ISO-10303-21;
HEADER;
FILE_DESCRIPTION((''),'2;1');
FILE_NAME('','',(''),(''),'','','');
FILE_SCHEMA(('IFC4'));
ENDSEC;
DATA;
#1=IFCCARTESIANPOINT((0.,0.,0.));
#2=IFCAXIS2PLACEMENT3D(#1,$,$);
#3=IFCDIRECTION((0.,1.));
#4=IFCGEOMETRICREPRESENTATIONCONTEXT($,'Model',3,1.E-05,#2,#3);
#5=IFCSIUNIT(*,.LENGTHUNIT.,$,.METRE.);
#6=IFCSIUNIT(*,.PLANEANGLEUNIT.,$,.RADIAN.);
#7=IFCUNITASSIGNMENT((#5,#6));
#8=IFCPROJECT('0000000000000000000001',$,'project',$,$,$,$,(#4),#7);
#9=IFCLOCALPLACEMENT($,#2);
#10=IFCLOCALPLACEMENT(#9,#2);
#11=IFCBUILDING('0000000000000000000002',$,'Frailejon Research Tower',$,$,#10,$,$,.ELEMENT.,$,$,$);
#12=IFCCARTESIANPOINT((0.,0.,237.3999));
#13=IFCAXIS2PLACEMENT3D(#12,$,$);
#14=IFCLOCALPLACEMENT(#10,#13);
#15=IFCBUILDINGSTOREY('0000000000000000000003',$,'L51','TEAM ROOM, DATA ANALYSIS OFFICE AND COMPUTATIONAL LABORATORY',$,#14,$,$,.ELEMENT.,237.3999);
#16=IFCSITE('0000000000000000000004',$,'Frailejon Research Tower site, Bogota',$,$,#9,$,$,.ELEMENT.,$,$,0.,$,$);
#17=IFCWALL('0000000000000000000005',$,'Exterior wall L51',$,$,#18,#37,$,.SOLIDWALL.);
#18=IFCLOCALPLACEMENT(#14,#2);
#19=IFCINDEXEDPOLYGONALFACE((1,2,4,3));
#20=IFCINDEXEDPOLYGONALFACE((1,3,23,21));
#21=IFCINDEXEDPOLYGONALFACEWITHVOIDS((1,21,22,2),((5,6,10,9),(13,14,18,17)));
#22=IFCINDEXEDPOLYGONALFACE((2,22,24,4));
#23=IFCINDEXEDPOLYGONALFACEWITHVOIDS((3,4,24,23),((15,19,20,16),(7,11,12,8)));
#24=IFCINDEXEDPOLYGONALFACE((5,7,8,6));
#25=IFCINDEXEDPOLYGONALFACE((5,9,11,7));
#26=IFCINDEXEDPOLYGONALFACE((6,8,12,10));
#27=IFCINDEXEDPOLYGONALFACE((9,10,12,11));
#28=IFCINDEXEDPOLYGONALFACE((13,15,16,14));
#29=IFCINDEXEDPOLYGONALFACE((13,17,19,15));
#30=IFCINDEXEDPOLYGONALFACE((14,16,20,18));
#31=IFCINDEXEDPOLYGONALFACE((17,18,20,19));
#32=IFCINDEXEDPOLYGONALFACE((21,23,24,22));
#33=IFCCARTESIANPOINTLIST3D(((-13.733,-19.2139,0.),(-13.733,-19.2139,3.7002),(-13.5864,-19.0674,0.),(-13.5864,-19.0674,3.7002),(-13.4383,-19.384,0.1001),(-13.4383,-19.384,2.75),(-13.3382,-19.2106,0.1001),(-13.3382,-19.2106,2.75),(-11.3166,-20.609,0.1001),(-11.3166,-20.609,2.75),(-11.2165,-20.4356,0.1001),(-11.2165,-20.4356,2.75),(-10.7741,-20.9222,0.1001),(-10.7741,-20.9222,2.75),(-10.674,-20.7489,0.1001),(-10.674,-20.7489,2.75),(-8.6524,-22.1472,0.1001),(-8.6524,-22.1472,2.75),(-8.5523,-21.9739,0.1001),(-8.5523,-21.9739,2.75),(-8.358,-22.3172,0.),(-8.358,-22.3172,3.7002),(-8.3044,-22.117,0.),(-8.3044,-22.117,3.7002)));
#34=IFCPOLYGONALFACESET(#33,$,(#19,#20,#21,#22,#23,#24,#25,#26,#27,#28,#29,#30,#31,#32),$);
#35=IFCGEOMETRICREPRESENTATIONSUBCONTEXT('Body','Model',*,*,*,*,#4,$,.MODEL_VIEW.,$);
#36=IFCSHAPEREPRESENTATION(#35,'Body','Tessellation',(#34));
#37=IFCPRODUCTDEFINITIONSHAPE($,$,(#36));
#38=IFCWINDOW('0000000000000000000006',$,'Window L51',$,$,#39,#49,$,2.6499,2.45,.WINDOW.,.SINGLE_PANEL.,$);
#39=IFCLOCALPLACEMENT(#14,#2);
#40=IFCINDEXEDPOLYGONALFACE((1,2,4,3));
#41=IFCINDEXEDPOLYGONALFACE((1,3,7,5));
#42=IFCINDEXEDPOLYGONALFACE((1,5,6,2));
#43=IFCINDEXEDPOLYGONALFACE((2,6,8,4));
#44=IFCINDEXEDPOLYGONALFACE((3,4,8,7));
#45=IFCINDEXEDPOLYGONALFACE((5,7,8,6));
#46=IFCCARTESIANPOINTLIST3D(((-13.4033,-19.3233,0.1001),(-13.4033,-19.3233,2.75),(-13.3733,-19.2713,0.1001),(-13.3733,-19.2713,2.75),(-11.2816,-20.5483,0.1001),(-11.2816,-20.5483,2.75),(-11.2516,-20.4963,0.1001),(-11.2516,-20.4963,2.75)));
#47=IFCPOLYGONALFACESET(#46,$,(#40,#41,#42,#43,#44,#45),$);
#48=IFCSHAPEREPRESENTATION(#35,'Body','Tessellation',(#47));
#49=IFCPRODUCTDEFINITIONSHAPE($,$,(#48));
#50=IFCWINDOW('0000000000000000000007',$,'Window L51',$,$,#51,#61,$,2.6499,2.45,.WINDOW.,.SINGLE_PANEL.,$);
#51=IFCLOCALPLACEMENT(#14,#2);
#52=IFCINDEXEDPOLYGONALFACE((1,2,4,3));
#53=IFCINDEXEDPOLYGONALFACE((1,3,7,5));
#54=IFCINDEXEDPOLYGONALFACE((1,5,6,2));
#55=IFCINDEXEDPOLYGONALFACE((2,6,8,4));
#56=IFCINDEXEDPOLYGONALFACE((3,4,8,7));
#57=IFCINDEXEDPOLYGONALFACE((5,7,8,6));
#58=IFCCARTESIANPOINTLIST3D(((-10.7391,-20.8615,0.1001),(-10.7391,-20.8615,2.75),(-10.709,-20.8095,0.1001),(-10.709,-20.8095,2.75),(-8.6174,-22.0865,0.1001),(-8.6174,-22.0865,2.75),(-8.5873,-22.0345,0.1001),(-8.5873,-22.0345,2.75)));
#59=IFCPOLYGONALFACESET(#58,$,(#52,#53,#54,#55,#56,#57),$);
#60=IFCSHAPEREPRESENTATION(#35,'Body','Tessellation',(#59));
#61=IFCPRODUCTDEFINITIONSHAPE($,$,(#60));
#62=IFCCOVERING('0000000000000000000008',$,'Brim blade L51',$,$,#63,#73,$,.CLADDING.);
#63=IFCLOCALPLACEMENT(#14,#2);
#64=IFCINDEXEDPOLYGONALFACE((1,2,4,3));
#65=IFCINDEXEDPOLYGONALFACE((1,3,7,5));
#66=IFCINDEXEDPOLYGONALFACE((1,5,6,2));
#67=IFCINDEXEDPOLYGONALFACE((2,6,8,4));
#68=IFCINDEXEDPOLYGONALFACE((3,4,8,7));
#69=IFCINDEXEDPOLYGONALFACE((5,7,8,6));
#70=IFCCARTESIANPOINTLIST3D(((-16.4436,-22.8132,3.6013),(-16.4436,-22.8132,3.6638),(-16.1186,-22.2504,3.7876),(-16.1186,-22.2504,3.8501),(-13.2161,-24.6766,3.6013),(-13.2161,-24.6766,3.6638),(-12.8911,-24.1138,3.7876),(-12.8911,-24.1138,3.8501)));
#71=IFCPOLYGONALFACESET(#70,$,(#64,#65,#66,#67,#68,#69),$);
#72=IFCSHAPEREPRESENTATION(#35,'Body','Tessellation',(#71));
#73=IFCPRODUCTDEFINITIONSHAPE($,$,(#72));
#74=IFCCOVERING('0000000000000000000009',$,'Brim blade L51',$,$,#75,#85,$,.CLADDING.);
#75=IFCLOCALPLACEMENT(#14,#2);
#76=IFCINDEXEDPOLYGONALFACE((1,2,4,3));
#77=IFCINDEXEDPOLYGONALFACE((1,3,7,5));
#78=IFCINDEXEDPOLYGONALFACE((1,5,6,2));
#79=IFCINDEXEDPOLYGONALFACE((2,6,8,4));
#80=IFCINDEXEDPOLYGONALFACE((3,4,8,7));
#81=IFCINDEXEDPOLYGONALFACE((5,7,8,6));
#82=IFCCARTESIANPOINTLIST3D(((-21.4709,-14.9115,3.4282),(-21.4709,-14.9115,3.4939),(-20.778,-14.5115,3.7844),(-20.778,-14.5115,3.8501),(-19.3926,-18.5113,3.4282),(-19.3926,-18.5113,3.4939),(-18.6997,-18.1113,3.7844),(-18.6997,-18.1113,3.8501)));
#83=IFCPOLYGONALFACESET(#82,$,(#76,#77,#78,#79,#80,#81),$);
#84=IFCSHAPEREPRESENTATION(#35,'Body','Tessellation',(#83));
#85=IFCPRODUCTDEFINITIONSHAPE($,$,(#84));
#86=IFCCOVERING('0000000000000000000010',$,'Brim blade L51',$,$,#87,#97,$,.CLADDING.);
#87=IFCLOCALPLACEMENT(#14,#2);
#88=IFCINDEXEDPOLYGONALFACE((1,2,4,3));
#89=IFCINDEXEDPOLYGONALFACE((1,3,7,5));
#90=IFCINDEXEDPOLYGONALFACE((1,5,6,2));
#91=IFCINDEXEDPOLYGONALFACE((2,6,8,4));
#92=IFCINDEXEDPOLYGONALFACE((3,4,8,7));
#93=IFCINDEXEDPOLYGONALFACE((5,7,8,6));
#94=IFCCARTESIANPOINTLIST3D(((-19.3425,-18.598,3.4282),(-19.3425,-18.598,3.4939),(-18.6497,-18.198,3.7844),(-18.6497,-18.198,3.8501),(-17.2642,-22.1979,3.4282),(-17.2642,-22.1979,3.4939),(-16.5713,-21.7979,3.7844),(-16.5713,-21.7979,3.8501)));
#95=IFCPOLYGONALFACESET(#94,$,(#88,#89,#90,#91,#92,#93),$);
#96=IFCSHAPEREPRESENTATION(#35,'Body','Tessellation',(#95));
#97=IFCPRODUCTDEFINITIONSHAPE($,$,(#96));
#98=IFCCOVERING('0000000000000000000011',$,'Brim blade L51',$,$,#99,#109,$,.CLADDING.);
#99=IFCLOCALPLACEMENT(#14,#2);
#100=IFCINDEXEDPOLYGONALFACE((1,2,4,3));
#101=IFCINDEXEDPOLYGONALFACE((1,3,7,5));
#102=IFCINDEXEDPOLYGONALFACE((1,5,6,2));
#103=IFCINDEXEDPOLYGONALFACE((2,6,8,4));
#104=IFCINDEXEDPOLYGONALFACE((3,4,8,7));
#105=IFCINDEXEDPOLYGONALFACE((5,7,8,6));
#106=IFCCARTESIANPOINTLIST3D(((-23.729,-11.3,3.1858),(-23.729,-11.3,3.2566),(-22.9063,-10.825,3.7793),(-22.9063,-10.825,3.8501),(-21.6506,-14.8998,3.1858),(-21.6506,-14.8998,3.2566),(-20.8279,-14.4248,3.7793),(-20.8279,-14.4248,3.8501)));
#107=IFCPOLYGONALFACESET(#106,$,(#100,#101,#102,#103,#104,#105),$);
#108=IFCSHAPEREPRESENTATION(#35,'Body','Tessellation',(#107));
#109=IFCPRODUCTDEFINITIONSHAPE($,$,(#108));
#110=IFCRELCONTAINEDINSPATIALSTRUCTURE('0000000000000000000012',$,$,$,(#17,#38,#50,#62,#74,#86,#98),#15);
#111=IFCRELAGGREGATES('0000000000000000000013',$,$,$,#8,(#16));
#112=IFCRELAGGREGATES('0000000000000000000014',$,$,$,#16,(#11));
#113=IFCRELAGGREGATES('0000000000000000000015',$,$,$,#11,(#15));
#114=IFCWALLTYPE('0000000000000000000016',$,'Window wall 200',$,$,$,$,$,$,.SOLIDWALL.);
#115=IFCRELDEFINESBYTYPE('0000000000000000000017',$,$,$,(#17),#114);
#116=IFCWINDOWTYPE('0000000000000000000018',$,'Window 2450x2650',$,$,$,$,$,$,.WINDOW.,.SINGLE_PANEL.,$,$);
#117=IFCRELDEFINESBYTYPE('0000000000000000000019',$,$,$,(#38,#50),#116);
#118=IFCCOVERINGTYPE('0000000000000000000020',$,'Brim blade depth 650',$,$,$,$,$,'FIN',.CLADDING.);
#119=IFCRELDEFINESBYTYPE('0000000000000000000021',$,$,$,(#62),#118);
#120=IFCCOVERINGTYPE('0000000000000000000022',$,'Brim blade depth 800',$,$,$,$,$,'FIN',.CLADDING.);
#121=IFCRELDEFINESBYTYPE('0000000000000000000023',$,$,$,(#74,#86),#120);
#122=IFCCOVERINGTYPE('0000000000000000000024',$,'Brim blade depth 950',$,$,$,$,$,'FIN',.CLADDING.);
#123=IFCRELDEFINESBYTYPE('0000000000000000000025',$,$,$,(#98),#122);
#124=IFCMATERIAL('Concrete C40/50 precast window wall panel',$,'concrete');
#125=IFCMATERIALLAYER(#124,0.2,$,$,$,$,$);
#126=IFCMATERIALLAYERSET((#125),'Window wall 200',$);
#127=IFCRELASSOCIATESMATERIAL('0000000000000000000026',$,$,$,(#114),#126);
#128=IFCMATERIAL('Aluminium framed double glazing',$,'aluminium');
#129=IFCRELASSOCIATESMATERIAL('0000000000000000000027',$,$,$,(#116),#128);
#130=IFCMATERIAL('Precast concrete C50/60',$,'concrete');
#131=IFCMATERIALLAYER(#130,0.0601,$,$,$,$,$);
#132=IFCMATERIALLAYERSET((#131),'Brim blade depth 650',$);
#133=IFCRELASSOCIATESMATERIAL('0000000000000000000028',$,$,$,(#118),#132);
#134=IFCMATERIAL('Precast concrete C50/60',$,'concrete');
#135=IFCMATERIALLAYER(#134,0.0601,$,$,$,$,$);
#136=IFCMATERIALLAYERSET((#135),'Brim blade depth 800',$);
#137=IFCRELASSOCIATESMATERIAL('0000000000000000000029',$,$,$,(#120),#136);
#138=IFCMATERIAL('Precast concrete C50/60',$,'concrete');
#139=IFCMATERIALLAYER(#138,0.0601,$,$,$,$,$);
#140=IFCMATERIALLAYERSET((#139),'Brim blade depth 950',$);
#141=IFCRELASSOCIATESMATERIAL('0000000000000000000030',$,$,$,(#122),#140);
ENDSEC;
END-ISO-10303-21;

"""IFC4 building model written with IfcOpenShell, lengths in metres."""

from ifc_helpers import new_model, si_unit, direction, frame, frame_2d, origin, place, context, subcontext, project, spatial, polyline, rectangle, outline, extrude, material, layer, layer_set, type_object, element, fill, save


model = new_model("IFC4")

# Units and contexts
model_context = context("Model", 3, precision=1e-05, world=origin(), true_north=direction((0.0, 1.0)))
body_context = subcontext(model_context, "Body", "Model", "MODEL_VIEW")
ifc_project = project(units=[si_unit("LENGTHUNIT", "METRE"), si_unit("PLANEANGLEUNIT", "RADIAN")], contexts=[model_context])

# Site, building, storey
site_placement = place(None, origin())
site = spatial("IfcSite", under=ifc_project, at=site_placement, Name="Frailejon Research Tower site, Bogota", CompositionType="ELEMENT", RefElevation=0.0)
building_placement = place(site_placement, origin())
building = spatial("IfcBuilding", under=site, at=building_placement, Name="Frailejon Research Tower", CompositionType="ELEMENT")
storey_placement = place(building_placement, frame((0.0, 0.0, 237.3999)))
storey = spatial("IfcBuildingStorey", under=building, at=storey_placement, Name="L51", Description="TEAM ROOM, DATA ANALYSIS OFFICE AND COMPUTATIONAL LABORATORY", CompositionType="ELEMENT", Elevation=237.3999)

# Wall, openings, windows
ifc_material_1 = material(Name="Concrete C40/50 precast window wall panel", Category="concrete")
ifc_layer_1 = layer(ifc_material_1, 0.2)
ifc_layer_set_1 = layer_set([ifc_layer_1], Name="Window wall 200")
wall_type_1 = type_object("IfcWallType", Name="Window wall 200", PredefinedType="SOLIDWALL", material=ifc_layer_set_1)
wall_1_placement = place(storey_placement, frame((-13.6597, -19.1406, 0.0), z_axis=(0.0, 0.0, 1.0), x_axis=(0.86602, -0.50001, 0.0)))
wall_1 = element("IfcWall", 1, at=wall_1_placement, inside=storey, type_object=wall_type_1, Name="Exterior wall L51", PredefinedType="SOLIDWALL", context=body_context, shape_type="SweptSolid", body=[
    extrude(outline(polyline([(-0.0269, -0.1001), (1.0076, -0.1001), (2.042, -0.1001), (3.0764, -0.1001), (4.1108, -0.1001), (5.1453, -0.1001), (6.1797, -0.1001), (6.126, 0.1001), (5.1094, 0.1001), (4.093, 0.1001), (3.0764, 0.1001), (2.0598, 0.1001), (1.0435, 0.1001), (0.0269, 0.1001), (-0.0269, -0.1001)])), origin(), (0.0, 0.0, 1.0), 3.7002),
])
opening_1_placement = place(wall_1_placement, frame((0.3132, 0.0, 0.1001)))
opening_1 = element("IfcOpeningElement", 2, at=opening_1_placement, cuts=wall_1, PredefinedType="OPENING", context=body_context, shape_type="SweptSolid", body=[
    extrude(rectangle(XDim=2.45, YDim=2.6499, at=frame_2d((1.2251, 1.325))), frame((0.0, 0.1099, 0.0), z_axis=(0.0, -1.0, 0.0), x_axis=(1.0, 0.0, 0.0)), (0.0, 0.0, 1.0), 0.22),
])
opening_2_placement = place(wall_1_placement, frame((3.3896, 0.0, 0.1001)))
opening_2 = element("IfcOpeningElement", 3, at=opening_2_placement, cuts=wall_1, PredefinedType="OPENING", context=body_context, shape_type="SweptSolid", body=[
    extrude(rectangle(XDim=2.45, YDim=2.6499, at=frame_2d((1.2251, 1.325))), frame((0.0, 0.1099, 0.0), z_axis=(0.0, -1.0, 0.0), x_axis=(1.0, 0.0, 0.0)), (0.0, 0.0, 1.0), 0.22),
])
ifc_material_2 = material(Name="Aluminium framed double glazing", Category="aluminium")
window_type = type_object("IfcWindowType", Name="Window 2450x2650", PartitioningType="SINGLE_PANEL", PredefinedType="WINDOW", material=ifc_material_2)
window_1_placement = place(opening_1_placement, origin())
window_1 = element("IfcWindow", 4, at=window_1_placement, inside=storey, type_object=window_type, Name="Window L51", OverallHeight=2.6499, OverallWidth=2.45, PartitioningType="SINGLE_PANEL", PredefinedType="WINDOW", context=body_context, shape_type="SweptSolid", body=[
    extrude(rectangle(XDim=2.45, YDim=2.6499, at=frame_2d((1.2251, 1.325))), frame((0.0, 0.03, 0.0), z_axis=(0.0, -1.0, 0.0), x_axis=(1.0, 0.0, 0.0)), (0.0, 0.0, 1.0), 0.0601),
])
fill(opening_1, window_1)
window_2_placement = place(opening_2_placement, origin())
window_2 = element("IfcWindow", 5, at=window_2_placement, inside=storey, type_object=window_type, Name="Window L51", OverallHeight=2.6499, OverallWidth=2.45, PartitioningType="SINGLE_PANEL", PredefinedType="WINDOW", context=body_context, shape_type="SweptSolid", body=[
    extrude(rectangle(XDim=2.45, YDim=2.6499, at=frame_2d((1.2251, 1.325))), frame((0.0, 0.03, 0.0), z_axis=(0.0, -1.0, 0.0), x_axis=(1.0, 0.0, 0.0)), (0.0, 0.0, 1.0), 0.0601),
])
fill(opening_2, window_2)

# Coverings
ifc_material_3 = material(Name="Precast concrete C50/60", Category="concrete")
ifc_layer_2 = layer(ifc_material_3, 0.0601)
ifc_layer_set_2 = layer_set([ifc_layer_2], Name="Brim blade depth 650")
covering_type_1 = type_object("IfcCoveringType", Name="Brim blade depth 650", ElementType="FIN", PredefinedType="CLADDING", material=ifc_layer_set_2)
covering_1_placement = place(storey_placement, frame((-12.8911, -24.1138, 3.8501), z_axis=(-0.86603, 0.499992, 0.0), x_axis=(-0.499992, -0.86603, 0.0)))
element("IfcCovering", 6, at=covering_1_placement, inside=storey, type_object=covering_type_1, Name="Brim blade L51", PredefinedType="CLADDING", context=body_context, shape_type="SweptSolid", body=[
    extrude(outline(polyline([(0.0, -0.0625), (0.6499, -0.2488), (0.6499, -0.1863), (0.0, 0.0), (0.0, -0.0625)])), origin(), (0.0, 0.0, 1.0), 3.7268),
])
ifc_material_4 = material(Name="Precast concrete C50/60", Category="concrete")
ifc_layer_3 = layer(ifc_material_4, 0.0601)
ifc_layer_set_3 = layer_set([ifc_layer_3], Name="Brim blade depth 800")
covering_type_2 = type_object("IfcCoveringType", Name="Brim blade depth 800", ElementType="FIN", PredefinedType="CLADDING", material=ifc_layer_set_3)
for number, where, z_axis, x_axis, name in (
    (7, (-18.6997, -18.1113, 3.8501), (-0.499992, 0.86603, 0.0), (-0.86603, -0.499992, 0.0), "Brim blade L51"),
    (8, (-16.5713, -21.7979, 3.8501), (-0.5, 0.866026, 0.0), (-0.866026, -0.5, 0.0), "Brim blade L51"),
):
    element("IfcCovering", number, at=place(storey_placement, frame(where, z_axis=z_axis, x_axis=x_axis)), inside=storey, type_object=covering_type_2, Name=name, PredefinedType="CLADDING", context=body_context, shape_type="SweptSolid", body=[
        extrude(outline(polyline([(0.0, -0.0657), (0.8, -0.4219), (0.8, -0.3562), (0.0, 0.0), (0.0, -0.0657)])), origin(), (0.0, 0.0, 1.0), 4.1567),
    ])
ifc_material_5 = material(Name="Precast concrete C50/60", Category="concrete")
ifc_layer_4 = layer(ifc_material_5, 0.0601)
ifc_layer_set_4 = layer_set([ifc_layer_4], Name="Brim blade depth 950")
covering_type_3 = type_object("IfcCoveringType", Name="Brim blade depth 950", ElementType="FIN", PredefinedType="CLADDING", material=ifc_layer_set_4)
covering_2_placement = place(storey_placement, frame((-20.8279, -14.4248, 3.8501), z_axis=(-0.50001, 0.86602, 0.0), x_axis=(-0.86602, -0.50001, 0.0)))
element("IfcCovering", 9, at=covering_2_placement, inside=storey, type_object=covering_type_3, Name="Brim blade L51", PredefinedType="CLADDING", context=body_context, shape_type="SweptSolid", body=[
    extrude(outline(polyline([(0.0, -0.0708), (0.95, -0.6643), (0.95, -0.5935), (0.0, 0.0), (0.0, -0.0708)])), origin(), (0.0, 0.0, 1.0), 4.1567),
])

save(model, "model.ifc")
